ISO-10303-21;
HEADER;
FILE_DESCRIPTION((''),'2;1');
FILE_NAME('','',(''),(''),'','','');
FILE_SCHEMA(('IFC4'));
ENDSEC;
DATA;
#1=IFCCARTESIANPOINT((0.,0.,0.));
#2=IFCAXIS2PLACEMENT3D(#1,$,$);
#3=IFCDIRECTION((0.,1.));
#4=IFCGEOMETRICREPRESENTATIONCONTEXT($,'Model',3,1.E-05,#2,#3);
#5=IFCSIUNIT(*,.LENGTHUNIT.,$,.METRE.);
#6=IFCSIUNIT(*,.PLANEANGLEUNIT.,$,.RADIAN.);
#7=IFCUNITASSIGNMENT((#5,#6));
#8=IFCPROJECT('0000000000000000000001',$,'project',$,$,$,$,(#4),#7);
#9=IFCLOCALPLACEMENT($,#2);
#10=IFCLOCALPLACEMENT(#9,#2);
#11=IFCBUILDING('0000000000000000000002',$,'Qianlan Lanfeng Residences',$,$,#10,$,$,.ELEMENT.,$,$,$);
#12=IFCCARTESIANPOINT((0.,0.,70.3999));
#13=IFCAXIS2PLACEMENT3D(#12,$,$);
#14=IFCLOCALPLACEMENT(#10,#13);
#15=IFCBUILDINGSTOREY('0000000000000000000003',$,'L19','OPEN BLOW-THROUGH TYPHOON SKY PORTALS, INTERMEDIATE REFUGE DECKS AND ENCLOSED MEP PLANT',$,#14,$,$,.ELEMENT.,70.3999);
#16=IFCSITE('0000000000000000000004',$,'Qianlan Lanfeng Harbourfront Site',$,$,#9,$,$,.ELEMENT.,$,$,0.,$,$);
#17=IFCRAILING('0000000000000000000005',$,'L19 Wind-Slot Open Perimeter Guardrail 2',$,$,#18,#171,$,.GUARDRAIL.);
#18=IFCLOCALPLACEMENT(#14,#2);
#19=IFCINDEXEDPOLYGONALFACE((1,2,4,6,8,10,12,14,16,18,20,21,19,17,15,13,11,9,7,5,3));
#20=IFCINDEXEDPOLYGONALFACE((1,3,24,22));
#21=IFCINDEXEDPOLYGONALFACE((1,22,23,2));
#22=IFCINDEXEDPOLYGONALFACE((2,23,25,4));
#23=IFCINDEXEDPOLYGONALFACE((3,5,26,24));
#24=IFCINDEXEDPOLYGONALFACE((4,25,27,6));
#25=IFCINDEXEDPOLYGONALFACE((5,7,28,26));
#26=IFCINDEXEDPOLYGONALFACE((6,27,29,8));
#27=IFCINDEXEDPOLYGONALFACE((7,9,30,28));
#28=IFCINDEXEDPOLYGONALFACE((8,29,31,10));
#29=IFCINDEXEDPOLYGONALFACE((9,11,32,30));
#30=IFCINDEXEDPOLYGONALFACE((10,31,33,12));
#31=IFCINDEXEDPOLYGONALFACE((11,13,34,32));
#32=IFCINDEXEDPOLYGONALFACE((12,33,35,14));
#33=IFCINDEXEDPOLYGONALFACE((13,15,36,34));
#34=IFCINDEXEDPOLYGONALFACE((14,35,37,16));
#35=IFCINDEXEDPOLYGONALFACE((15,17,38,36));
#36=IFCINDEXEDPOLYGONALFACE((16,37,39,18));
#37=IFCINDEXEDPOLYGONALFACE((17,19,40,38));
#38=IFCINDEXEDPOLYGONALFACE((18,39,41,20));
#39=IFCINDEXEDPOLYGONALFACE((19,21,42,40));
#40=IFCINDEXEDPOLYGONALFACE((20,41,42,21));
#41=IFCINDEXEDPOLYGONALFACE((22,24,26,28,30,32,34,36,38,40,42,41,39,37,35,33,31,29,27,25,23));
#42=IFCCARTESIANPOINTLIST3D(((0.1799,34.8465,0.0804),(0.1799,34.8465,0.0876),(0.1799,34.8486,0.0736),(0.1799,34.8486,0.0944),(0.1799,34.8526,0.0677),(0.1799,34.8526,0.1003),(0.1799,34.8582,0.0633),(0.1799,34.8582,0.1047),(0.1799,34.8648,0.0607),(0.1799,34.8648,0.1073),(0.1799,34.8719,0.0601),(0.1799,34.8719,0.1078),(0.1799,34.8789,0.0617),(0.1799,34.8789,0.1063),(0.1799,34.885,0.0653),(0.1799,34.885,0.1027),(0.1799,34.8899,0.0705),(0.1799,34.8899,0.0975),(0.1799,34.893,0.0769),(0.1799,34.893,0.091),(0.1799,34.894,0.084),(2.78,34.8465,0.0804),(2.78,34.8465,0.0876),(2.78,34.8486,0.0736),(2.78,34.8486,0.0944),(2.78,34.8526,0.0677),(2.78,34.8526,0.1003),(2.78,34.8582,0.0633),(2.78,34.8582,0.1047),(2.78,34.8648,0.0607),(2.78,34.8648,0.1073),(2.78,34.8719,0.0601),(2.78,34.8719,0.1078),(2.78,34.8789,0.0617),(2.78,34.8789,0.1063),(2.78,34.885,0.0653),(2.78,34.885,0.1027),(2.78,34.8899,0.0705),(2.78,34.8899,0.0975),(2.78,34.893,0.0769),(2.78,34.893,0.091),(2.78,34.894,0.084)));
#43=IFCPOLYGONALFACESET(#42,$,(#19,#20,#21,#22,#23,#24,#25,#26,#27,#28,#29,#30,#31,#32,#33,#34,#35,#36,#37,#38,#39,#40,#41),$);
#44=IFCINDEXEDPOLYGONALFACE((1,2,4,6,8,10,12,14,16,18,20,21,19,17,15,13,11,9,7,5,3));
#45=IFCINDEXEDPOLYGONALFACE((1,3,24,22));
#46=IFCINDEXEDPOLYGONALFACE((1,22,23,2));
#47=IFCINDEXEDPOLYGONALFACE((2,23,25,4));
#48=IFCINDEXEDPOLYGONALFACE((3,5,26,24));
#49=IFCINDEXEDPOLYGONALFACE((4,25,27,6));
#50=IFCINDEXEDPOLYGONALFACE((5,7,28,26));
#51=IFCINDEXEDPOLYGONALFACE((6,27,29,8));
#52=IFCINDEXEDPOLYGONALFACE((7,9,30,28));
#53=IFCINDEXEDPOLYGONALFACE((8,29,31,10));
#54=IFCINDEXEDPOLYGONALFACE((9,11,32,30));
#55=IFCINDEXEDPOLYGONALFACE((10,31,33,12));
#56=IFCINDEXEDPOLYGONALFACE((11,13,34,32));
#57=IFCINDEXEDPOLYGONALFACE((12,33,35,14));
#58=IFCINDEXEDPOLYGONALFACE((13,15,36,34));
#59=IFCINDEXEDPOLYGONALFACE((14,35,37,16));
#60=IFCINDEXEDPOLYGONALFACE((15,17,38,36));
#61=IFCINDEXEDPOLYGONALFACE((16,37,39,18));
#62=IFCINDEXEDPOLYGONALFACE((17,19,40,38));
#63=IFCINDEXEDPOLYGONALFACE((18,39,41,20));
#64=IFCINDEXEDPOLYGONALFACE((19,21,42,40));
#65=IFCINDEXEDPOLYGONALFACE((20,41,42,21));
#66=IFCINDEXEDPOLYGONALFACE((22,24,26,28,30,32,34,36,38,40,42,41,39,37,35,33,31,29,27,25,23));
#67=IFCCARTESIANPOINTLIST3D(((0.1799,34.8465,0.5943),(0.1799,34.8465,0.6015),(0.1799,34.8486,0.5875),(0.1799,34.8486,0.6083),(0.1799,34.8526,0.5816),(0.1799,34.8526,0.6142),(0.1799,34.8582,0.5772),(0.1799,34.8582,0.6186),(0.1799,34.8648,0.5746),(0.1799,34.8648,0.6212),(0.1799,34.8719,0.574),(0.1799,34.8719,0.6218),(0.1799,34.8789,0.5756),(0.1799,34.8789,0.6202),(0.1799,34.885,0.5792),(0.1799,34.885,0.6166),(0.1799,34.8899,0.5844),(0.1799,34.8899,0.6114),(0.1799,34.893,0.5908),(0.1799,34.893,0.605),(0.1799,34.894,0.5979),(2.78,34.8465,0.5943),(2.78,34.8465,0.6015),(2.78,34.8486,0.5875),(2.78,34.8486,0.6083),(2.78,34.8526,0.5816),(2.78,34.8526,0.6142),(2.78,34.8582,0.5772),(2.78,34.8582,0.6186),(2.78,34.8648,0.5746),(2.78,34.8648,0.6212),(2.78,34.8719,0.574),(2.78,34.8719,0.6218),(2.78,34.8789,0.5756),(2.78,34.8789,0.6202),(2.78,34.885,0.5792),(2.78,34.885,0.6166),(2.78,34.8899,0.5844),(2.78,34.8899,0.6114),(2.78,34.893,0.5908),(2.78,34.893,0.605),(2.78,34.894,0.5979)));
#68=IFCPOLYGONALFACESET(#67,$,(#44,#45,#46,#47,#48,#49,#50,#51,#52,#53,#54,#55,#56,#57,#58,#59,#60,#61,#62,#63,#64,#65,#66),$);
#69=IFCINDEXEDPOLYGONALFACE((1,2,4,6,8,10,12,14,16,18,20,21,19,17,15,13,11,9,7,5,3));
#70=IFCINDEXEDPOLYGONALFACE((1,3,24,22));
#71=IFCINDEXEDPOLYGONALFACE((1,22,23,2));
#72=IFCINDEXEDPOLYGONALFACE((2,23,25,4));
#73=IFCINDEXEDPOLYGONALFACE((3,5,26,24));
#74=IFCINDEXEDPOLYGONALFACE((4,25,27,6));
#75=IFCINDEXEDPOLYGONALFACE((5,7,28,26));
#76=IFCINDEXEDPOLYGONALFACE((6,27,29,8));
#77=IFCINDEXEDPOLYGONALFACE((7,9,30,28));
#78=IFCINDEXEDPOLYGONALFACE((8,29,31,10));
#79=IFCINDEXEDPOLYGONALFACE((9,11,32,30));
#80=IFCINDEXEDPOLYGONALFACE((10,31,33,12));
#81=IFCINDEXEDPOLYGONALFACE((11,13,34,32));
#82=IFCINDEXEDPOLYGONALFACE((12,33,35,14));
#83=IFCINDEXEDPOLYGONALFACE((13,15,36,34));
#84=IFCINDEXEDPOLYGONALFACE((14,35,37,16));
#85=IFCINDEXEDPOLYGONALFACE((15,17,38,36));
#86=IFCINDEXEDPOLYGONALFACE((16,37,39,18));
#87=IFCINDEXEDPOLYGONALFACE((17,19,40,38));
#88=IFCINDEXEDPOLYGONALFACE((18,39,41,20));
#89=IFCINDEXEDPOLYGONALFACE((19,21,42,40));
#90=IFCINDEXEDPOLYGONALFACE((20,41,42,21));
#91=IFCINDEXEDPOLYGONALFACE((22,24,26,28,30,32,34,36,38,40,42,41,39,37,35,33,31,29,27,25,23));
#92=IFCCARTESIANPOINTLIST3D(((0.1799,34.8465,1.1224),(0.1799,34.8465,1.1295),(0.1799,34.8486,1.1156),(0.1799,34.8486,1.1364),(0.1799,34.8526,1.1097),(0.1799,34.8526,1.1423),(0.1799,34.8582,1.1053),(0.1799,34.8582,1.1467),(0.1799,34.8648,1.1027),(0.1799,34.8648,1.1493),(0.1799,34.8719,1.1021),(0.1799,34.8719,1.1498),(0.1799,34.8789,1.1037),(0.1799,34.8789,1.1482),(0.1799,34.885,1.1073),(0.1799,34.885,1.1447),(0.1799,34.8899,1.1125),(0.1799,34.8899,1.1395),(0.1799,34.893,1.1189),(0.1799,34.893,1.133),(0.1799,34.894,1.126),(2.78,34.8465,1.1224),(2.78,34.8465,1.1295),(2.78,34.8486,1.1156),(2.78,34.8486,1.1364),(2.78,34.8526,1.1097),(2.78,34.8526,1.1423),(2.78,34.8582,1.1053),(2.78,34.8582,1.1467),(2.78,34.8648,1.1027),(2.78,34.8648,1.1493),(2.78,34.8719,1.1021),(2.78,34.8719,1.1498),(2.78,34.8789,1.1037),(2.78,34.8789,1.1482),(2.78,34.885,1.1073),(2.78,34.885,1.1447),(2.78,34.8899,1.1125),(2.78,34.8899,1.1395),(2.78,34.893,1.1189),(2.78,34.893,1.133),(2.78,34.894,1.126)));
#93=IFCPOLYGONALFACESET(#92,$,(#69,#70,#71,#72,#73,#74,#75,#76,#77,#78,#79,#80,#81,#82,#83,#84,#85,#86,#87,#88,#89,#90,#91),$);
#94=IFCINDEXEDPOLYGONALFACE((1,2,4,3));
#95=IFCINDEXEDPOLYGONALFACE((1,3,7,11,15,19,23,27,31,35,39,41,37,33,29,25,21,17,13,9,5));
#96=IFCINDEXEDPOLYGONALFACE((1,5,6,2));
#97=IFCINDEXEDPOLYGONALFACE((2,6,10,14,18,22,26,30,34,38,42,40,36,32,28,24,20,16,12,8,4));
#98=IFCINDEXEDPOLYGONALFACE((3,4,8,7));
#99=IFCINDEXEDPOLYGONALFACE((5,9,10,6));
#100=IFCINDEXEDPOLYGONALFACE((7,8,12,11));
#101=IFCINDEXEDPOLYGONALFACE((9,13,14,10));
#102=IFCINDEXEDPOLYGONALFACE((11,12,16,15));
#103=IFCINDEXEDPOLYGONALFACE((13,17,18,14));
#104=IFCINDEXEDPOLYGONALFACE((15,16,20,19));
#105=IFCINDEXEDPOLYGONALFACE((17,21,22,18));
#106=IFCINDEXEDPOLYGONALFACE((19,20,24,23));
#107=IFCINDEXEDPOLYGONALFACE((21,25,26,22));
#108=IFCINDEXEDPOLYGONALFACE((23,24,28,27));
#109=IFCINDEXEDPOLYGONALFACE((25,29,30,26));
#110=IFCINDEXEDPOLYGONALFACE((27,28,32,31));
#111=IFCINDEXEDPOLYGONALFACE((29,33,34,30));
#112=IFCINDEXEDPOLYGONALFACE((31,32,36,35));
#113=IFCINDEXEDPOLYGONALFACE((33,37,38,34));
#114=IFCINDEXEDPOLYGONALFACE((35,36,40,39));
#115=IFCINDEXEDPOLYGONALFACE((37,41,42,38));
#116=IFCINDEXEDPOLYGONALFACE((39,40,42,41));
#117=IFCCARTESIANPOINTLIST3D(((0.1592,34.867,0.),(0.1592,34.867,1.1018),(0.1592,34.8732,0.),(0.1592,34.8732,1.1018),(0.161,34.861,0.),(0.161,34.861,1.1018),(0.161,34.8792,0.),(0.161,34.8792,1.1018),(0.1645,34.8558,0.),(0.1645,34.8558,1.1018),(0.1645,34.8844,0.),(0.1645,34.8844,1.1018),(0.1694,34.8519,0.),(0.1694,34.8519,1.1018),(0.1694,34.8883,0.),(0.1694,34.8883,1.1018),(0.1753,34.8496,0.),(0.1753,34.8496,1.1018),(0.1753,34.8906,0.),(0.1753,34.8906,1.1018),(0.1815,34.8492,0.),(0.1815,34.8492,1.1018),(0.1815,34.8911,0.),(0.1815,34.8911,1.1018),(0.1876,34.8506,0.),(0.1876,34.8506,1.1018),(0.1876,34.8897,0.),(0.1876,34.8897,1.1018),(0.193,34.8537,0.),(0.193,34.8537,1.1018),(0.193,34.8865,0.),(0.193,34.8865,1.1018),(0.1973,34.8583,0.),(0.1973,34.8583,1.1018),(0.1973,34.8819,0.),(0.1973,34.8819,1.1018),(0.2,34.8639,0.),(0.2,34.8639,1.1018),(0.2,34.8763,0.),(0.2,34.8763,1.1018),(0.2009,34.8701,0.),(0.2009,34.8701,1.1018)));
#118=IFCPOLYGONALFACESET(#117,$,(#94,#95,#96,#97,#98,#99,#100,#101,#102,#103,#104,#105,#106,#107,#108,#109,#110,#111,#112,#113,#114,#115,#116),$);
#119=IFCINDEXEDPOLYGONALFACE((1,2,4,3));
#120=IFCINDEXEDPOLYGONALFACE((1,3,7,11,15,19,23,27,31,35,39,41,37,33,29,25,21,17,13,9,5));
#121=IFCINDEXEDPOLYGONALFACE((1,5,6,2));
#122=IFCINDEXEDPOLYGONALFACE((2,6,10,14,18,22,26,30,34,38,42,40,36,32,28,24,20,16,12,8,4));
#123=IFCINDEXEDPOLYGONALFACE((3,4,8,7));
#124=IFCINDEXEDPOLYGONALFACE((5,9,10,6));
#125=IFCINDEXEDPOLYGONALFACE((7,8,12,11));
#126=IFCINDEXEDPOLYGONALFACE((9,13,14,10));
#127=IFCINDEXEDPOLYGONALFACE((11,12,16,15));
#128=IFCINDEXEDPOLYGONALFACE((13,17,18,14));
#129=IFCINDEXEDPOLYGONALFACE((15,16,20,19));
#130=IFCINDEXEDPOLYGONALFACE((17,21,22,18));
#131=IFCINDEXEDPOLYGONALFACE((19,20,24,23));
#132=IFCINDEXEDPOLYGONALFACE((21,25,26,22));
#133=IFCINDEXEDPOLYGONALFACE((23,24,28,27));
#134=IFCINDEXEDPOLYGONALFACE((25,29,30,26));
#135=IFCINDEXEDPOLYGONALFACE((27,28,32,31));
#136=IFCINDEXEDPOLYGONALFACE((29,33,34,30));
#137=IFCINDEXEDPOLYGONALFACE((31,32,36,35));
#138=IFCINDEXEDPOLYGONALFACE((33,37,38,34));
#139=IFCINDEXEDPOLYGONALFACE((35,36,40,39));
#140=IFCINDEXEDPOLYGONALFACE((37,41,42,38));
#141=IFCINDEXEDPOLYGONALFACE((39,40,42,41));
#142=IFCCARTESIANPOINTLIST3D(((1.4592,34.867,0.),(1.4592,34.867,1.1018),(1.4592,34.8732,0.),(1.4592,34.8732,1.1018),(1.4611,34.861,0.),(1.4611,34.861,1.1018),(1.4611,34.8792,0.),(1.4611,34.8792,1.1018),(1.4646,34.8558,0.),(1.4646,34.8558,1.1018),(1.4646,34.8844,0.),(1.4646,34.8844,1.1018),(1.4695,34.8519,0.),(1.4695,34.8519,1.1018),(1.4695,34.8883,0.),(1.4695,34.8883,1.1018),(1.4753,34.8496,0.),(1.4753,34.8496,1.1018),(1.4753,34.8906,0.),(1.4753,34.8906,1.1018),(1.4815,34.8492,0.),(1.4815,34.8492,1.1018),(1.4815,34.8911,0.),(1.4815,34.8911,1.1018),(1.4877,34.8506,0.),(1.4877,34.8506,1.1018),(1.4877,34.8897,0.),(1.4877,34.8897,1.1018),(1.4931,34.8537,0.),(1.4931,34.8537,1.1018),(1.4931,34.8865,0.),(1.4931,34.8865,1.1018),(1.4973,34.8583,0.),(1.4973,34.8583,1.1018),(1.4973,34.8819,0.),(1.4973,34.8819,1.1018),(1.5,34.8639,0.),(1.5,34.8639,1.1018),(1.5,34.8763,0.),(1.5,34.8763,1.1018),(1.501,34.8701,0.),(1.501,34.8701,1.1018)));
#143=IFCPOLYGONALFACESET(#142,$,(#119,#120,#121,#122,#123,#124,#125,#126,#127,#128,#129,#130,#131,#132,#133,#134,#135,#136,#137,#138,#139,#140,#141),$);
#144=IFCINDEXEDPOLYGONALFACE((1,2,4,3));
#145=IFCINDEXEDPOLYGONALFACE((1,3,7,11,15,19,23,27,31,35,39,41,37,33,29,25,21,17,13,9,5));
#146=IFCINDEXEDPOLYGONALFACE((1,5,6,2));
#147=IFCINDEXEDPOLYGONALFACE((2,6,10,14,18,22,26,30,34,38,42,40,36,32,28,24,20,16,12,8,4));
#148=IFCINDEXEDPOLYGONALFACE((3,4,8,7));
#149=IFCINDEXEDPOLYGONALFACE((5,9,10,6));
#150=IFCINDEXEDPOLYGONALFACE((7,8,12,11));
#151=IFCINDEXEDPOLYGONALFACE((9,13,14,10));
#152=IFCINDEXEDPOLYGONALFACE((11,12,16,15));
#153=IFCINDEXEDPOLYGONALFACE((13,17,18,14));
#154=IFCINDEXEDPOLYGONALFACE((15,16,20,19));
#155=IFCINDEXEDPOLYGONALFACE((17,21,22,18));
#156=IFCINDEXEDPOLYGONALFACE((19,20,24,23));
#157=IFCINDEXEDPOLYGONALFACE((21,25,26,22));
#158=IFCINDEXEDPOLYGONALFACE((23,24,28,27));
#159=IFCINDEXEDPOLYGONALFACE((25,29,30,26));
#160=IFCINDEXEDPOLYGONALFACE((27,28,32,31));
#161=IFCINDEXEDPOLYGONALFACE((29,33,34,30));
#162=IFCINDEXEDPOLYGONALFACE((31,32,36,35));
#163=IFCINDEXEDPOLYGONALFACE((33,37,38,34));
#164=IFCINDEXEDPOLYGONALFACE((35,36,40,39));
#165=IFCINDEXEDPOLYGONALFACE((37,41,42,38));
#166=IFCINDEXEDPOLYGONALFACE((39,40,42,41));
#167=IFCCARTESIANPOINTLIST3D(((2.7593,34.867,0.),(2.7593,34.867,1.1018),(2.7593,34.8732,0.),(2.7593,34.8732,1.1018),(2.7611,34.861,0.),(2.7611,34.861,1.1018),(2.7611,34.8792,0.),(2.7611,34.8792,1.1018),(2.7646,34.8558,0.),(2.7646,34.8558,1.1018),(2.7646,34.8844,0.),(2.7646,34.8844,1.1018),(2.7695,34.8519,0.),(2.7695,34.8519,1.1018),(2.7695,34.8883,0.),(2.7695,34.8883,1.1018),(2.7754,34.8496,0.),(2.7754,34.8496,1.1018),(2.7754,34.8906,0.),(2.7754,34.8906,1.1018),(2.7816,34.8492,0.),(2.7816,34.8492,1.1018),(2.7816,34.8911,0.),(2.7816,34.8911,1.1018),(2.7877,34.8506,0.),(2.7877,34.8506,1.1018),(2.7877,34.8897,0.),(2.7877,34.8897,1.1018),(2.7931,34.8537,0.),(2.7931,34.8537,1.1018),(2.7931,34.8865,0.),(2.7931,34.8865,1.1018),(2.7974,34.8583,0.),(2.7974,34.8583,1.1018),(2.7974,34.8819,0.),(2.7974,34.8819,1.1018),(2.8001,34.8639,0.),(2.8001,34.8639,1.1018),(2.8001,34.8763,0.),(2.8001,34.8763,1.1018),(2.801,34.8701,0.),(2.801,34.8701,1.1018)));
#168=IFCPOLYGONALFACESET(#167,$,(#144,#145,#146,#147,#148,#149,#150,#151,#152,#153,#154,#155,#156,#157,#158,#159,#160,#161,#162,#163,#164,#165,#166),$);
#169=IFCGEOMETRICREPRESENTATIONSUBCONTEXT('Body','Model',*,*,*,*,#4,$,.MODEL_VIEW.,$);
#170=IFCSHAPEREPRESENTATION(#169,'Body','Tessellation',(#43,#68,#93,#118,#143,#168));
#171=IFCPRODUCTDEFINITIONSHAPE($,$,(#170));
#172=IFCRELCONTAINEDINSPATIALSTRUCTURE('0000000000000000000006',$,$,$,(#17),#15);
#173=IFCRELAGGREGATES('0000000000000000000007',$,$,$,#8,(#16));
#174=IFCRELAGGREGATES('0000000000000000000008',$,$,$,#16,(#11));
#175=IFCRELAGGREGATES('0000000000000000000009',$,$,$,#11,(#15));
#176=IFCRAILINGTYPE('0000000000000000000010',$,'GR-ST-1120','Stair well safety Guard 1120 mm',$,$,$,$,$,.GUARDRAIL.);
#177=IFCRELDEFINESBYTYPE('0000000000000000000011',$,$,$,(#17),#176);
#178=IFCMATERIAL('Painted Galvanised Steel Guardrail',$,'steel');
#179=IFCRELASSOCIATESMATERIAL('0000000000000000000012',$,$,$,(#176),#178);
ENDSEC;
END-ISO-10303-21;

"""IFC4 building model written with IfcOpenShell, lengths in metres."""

from ifc_helpers import new_model, si_unit, direction, frame, origin, origin_2d, place, context, subcontext, project, spatial, circle, extrude, material, type_object, element, save


model = new_model("IFC4")

# Units and contexts
model_context = context("Model", 3, precision=1e-05, world=origin(), true_north=direction((0.0, 1.0)))
body_context = subcontext(model_context, "Body", "Model", "MODEL_VIEW")
ifc_project = project(units=[si_unit("LENGTHUNIT", "METRE"), si_unit("PLANEANGLEUNIT", "RADIAN")], contexts=[model_context])

# Site, building, storey
site_placement = place(None, origin())
site = spatial("IfcSite", under=ifc_project, at=site_placement, Name="Qianlan Lanfeng Harbourfront Site", CompositionType="ELEMENT", RefElevation=0.0)
building_placement = place(site_placement, origin())
building = spatial("IfcBuilding", under=site, at=building_placement, Name="Qianlan Lanfeng Residences", CompositionType="ELEMENT")
storey_placement = place(building_placement, frame((0.0, 0.0, 70.3999)))
storey = spatial("IfcBuildingStorey", under=building, at=storey_placement, Name="L19", Description="OPEN BLOW-THROUGH TYPHOON SKY PORTALS, INTERMEDIATE REFUGE DECKS AND ENCLOSED MEP PLANT", CompositionType="ELEMENT", Elevation=70.3999)

# Railing
ifc_material_1 = material(Name="Painted Galvanised Steel Guardrail", Category="steel")
railing_type_1 = type_object("IfcRailingType", Name="GR-ST-1120", Description="Stair well safety Guard 1120 mm", PredefinedType="GUARDRAIL", material=ifc_material_1)
railing_1_placement = place(storey_placement, frame((0.1799, 34.8701, 0.0)))
element("IfcRailing", 1, at=railing_1_placement, inside=storey, type_object=railing_type_1, Name="L19 Wind-Slot Open Perimeter Guardrail 2", PredefinedType="GUARDRAIL", context=body_context, shape_type="SweptSolid", body=[
    extrude(circle(Radius=0.0239, at=origin_2d()), frame((0.0, 0.0, 0.084), z_axis=(1.0, 0.0, 0.0), x_axis=(0.0, 1.0, 0.0)), (0.0, 0.0, 1.0), 2.6001),
    extrude(circle(Radius=0.0239, at=origin_2d()), frame((0.0, 0.0, 0.5979), z_axis=(1.0, 0.0, 0.0), x_axis=(0.0, 1.0, 0.0)), (0.0, 0.0, 1.0), 2.6001),
    extrude(circle(Radius=0.0239, at=origin_2d()), frame((0.0, 0.0, 1.126), z_axis=(1.0, 0.0, 0.0), x_axis=(0.0, 1.0, 0.0)), (0.0, 0.0, 1.0), 2.6001),
    extrude(circle(Radius=0.021, at=origin_2d()), origin(), (0.0, 0.0, 1.0), 1.1018),
    extrude(circle(Radius=0.021, at=origin_2d()), frame((1.3, 0.0, 0.0)), (0.0, 0.0, 1.0), 1.1018),
    extrude(circle(Radius=0.021, at=origin_2d()), frame((2.6001, 0.0, 0.0)), (0.0, 0.0, 1.0), 1.1018),
])

save(model, "model.ifc")
